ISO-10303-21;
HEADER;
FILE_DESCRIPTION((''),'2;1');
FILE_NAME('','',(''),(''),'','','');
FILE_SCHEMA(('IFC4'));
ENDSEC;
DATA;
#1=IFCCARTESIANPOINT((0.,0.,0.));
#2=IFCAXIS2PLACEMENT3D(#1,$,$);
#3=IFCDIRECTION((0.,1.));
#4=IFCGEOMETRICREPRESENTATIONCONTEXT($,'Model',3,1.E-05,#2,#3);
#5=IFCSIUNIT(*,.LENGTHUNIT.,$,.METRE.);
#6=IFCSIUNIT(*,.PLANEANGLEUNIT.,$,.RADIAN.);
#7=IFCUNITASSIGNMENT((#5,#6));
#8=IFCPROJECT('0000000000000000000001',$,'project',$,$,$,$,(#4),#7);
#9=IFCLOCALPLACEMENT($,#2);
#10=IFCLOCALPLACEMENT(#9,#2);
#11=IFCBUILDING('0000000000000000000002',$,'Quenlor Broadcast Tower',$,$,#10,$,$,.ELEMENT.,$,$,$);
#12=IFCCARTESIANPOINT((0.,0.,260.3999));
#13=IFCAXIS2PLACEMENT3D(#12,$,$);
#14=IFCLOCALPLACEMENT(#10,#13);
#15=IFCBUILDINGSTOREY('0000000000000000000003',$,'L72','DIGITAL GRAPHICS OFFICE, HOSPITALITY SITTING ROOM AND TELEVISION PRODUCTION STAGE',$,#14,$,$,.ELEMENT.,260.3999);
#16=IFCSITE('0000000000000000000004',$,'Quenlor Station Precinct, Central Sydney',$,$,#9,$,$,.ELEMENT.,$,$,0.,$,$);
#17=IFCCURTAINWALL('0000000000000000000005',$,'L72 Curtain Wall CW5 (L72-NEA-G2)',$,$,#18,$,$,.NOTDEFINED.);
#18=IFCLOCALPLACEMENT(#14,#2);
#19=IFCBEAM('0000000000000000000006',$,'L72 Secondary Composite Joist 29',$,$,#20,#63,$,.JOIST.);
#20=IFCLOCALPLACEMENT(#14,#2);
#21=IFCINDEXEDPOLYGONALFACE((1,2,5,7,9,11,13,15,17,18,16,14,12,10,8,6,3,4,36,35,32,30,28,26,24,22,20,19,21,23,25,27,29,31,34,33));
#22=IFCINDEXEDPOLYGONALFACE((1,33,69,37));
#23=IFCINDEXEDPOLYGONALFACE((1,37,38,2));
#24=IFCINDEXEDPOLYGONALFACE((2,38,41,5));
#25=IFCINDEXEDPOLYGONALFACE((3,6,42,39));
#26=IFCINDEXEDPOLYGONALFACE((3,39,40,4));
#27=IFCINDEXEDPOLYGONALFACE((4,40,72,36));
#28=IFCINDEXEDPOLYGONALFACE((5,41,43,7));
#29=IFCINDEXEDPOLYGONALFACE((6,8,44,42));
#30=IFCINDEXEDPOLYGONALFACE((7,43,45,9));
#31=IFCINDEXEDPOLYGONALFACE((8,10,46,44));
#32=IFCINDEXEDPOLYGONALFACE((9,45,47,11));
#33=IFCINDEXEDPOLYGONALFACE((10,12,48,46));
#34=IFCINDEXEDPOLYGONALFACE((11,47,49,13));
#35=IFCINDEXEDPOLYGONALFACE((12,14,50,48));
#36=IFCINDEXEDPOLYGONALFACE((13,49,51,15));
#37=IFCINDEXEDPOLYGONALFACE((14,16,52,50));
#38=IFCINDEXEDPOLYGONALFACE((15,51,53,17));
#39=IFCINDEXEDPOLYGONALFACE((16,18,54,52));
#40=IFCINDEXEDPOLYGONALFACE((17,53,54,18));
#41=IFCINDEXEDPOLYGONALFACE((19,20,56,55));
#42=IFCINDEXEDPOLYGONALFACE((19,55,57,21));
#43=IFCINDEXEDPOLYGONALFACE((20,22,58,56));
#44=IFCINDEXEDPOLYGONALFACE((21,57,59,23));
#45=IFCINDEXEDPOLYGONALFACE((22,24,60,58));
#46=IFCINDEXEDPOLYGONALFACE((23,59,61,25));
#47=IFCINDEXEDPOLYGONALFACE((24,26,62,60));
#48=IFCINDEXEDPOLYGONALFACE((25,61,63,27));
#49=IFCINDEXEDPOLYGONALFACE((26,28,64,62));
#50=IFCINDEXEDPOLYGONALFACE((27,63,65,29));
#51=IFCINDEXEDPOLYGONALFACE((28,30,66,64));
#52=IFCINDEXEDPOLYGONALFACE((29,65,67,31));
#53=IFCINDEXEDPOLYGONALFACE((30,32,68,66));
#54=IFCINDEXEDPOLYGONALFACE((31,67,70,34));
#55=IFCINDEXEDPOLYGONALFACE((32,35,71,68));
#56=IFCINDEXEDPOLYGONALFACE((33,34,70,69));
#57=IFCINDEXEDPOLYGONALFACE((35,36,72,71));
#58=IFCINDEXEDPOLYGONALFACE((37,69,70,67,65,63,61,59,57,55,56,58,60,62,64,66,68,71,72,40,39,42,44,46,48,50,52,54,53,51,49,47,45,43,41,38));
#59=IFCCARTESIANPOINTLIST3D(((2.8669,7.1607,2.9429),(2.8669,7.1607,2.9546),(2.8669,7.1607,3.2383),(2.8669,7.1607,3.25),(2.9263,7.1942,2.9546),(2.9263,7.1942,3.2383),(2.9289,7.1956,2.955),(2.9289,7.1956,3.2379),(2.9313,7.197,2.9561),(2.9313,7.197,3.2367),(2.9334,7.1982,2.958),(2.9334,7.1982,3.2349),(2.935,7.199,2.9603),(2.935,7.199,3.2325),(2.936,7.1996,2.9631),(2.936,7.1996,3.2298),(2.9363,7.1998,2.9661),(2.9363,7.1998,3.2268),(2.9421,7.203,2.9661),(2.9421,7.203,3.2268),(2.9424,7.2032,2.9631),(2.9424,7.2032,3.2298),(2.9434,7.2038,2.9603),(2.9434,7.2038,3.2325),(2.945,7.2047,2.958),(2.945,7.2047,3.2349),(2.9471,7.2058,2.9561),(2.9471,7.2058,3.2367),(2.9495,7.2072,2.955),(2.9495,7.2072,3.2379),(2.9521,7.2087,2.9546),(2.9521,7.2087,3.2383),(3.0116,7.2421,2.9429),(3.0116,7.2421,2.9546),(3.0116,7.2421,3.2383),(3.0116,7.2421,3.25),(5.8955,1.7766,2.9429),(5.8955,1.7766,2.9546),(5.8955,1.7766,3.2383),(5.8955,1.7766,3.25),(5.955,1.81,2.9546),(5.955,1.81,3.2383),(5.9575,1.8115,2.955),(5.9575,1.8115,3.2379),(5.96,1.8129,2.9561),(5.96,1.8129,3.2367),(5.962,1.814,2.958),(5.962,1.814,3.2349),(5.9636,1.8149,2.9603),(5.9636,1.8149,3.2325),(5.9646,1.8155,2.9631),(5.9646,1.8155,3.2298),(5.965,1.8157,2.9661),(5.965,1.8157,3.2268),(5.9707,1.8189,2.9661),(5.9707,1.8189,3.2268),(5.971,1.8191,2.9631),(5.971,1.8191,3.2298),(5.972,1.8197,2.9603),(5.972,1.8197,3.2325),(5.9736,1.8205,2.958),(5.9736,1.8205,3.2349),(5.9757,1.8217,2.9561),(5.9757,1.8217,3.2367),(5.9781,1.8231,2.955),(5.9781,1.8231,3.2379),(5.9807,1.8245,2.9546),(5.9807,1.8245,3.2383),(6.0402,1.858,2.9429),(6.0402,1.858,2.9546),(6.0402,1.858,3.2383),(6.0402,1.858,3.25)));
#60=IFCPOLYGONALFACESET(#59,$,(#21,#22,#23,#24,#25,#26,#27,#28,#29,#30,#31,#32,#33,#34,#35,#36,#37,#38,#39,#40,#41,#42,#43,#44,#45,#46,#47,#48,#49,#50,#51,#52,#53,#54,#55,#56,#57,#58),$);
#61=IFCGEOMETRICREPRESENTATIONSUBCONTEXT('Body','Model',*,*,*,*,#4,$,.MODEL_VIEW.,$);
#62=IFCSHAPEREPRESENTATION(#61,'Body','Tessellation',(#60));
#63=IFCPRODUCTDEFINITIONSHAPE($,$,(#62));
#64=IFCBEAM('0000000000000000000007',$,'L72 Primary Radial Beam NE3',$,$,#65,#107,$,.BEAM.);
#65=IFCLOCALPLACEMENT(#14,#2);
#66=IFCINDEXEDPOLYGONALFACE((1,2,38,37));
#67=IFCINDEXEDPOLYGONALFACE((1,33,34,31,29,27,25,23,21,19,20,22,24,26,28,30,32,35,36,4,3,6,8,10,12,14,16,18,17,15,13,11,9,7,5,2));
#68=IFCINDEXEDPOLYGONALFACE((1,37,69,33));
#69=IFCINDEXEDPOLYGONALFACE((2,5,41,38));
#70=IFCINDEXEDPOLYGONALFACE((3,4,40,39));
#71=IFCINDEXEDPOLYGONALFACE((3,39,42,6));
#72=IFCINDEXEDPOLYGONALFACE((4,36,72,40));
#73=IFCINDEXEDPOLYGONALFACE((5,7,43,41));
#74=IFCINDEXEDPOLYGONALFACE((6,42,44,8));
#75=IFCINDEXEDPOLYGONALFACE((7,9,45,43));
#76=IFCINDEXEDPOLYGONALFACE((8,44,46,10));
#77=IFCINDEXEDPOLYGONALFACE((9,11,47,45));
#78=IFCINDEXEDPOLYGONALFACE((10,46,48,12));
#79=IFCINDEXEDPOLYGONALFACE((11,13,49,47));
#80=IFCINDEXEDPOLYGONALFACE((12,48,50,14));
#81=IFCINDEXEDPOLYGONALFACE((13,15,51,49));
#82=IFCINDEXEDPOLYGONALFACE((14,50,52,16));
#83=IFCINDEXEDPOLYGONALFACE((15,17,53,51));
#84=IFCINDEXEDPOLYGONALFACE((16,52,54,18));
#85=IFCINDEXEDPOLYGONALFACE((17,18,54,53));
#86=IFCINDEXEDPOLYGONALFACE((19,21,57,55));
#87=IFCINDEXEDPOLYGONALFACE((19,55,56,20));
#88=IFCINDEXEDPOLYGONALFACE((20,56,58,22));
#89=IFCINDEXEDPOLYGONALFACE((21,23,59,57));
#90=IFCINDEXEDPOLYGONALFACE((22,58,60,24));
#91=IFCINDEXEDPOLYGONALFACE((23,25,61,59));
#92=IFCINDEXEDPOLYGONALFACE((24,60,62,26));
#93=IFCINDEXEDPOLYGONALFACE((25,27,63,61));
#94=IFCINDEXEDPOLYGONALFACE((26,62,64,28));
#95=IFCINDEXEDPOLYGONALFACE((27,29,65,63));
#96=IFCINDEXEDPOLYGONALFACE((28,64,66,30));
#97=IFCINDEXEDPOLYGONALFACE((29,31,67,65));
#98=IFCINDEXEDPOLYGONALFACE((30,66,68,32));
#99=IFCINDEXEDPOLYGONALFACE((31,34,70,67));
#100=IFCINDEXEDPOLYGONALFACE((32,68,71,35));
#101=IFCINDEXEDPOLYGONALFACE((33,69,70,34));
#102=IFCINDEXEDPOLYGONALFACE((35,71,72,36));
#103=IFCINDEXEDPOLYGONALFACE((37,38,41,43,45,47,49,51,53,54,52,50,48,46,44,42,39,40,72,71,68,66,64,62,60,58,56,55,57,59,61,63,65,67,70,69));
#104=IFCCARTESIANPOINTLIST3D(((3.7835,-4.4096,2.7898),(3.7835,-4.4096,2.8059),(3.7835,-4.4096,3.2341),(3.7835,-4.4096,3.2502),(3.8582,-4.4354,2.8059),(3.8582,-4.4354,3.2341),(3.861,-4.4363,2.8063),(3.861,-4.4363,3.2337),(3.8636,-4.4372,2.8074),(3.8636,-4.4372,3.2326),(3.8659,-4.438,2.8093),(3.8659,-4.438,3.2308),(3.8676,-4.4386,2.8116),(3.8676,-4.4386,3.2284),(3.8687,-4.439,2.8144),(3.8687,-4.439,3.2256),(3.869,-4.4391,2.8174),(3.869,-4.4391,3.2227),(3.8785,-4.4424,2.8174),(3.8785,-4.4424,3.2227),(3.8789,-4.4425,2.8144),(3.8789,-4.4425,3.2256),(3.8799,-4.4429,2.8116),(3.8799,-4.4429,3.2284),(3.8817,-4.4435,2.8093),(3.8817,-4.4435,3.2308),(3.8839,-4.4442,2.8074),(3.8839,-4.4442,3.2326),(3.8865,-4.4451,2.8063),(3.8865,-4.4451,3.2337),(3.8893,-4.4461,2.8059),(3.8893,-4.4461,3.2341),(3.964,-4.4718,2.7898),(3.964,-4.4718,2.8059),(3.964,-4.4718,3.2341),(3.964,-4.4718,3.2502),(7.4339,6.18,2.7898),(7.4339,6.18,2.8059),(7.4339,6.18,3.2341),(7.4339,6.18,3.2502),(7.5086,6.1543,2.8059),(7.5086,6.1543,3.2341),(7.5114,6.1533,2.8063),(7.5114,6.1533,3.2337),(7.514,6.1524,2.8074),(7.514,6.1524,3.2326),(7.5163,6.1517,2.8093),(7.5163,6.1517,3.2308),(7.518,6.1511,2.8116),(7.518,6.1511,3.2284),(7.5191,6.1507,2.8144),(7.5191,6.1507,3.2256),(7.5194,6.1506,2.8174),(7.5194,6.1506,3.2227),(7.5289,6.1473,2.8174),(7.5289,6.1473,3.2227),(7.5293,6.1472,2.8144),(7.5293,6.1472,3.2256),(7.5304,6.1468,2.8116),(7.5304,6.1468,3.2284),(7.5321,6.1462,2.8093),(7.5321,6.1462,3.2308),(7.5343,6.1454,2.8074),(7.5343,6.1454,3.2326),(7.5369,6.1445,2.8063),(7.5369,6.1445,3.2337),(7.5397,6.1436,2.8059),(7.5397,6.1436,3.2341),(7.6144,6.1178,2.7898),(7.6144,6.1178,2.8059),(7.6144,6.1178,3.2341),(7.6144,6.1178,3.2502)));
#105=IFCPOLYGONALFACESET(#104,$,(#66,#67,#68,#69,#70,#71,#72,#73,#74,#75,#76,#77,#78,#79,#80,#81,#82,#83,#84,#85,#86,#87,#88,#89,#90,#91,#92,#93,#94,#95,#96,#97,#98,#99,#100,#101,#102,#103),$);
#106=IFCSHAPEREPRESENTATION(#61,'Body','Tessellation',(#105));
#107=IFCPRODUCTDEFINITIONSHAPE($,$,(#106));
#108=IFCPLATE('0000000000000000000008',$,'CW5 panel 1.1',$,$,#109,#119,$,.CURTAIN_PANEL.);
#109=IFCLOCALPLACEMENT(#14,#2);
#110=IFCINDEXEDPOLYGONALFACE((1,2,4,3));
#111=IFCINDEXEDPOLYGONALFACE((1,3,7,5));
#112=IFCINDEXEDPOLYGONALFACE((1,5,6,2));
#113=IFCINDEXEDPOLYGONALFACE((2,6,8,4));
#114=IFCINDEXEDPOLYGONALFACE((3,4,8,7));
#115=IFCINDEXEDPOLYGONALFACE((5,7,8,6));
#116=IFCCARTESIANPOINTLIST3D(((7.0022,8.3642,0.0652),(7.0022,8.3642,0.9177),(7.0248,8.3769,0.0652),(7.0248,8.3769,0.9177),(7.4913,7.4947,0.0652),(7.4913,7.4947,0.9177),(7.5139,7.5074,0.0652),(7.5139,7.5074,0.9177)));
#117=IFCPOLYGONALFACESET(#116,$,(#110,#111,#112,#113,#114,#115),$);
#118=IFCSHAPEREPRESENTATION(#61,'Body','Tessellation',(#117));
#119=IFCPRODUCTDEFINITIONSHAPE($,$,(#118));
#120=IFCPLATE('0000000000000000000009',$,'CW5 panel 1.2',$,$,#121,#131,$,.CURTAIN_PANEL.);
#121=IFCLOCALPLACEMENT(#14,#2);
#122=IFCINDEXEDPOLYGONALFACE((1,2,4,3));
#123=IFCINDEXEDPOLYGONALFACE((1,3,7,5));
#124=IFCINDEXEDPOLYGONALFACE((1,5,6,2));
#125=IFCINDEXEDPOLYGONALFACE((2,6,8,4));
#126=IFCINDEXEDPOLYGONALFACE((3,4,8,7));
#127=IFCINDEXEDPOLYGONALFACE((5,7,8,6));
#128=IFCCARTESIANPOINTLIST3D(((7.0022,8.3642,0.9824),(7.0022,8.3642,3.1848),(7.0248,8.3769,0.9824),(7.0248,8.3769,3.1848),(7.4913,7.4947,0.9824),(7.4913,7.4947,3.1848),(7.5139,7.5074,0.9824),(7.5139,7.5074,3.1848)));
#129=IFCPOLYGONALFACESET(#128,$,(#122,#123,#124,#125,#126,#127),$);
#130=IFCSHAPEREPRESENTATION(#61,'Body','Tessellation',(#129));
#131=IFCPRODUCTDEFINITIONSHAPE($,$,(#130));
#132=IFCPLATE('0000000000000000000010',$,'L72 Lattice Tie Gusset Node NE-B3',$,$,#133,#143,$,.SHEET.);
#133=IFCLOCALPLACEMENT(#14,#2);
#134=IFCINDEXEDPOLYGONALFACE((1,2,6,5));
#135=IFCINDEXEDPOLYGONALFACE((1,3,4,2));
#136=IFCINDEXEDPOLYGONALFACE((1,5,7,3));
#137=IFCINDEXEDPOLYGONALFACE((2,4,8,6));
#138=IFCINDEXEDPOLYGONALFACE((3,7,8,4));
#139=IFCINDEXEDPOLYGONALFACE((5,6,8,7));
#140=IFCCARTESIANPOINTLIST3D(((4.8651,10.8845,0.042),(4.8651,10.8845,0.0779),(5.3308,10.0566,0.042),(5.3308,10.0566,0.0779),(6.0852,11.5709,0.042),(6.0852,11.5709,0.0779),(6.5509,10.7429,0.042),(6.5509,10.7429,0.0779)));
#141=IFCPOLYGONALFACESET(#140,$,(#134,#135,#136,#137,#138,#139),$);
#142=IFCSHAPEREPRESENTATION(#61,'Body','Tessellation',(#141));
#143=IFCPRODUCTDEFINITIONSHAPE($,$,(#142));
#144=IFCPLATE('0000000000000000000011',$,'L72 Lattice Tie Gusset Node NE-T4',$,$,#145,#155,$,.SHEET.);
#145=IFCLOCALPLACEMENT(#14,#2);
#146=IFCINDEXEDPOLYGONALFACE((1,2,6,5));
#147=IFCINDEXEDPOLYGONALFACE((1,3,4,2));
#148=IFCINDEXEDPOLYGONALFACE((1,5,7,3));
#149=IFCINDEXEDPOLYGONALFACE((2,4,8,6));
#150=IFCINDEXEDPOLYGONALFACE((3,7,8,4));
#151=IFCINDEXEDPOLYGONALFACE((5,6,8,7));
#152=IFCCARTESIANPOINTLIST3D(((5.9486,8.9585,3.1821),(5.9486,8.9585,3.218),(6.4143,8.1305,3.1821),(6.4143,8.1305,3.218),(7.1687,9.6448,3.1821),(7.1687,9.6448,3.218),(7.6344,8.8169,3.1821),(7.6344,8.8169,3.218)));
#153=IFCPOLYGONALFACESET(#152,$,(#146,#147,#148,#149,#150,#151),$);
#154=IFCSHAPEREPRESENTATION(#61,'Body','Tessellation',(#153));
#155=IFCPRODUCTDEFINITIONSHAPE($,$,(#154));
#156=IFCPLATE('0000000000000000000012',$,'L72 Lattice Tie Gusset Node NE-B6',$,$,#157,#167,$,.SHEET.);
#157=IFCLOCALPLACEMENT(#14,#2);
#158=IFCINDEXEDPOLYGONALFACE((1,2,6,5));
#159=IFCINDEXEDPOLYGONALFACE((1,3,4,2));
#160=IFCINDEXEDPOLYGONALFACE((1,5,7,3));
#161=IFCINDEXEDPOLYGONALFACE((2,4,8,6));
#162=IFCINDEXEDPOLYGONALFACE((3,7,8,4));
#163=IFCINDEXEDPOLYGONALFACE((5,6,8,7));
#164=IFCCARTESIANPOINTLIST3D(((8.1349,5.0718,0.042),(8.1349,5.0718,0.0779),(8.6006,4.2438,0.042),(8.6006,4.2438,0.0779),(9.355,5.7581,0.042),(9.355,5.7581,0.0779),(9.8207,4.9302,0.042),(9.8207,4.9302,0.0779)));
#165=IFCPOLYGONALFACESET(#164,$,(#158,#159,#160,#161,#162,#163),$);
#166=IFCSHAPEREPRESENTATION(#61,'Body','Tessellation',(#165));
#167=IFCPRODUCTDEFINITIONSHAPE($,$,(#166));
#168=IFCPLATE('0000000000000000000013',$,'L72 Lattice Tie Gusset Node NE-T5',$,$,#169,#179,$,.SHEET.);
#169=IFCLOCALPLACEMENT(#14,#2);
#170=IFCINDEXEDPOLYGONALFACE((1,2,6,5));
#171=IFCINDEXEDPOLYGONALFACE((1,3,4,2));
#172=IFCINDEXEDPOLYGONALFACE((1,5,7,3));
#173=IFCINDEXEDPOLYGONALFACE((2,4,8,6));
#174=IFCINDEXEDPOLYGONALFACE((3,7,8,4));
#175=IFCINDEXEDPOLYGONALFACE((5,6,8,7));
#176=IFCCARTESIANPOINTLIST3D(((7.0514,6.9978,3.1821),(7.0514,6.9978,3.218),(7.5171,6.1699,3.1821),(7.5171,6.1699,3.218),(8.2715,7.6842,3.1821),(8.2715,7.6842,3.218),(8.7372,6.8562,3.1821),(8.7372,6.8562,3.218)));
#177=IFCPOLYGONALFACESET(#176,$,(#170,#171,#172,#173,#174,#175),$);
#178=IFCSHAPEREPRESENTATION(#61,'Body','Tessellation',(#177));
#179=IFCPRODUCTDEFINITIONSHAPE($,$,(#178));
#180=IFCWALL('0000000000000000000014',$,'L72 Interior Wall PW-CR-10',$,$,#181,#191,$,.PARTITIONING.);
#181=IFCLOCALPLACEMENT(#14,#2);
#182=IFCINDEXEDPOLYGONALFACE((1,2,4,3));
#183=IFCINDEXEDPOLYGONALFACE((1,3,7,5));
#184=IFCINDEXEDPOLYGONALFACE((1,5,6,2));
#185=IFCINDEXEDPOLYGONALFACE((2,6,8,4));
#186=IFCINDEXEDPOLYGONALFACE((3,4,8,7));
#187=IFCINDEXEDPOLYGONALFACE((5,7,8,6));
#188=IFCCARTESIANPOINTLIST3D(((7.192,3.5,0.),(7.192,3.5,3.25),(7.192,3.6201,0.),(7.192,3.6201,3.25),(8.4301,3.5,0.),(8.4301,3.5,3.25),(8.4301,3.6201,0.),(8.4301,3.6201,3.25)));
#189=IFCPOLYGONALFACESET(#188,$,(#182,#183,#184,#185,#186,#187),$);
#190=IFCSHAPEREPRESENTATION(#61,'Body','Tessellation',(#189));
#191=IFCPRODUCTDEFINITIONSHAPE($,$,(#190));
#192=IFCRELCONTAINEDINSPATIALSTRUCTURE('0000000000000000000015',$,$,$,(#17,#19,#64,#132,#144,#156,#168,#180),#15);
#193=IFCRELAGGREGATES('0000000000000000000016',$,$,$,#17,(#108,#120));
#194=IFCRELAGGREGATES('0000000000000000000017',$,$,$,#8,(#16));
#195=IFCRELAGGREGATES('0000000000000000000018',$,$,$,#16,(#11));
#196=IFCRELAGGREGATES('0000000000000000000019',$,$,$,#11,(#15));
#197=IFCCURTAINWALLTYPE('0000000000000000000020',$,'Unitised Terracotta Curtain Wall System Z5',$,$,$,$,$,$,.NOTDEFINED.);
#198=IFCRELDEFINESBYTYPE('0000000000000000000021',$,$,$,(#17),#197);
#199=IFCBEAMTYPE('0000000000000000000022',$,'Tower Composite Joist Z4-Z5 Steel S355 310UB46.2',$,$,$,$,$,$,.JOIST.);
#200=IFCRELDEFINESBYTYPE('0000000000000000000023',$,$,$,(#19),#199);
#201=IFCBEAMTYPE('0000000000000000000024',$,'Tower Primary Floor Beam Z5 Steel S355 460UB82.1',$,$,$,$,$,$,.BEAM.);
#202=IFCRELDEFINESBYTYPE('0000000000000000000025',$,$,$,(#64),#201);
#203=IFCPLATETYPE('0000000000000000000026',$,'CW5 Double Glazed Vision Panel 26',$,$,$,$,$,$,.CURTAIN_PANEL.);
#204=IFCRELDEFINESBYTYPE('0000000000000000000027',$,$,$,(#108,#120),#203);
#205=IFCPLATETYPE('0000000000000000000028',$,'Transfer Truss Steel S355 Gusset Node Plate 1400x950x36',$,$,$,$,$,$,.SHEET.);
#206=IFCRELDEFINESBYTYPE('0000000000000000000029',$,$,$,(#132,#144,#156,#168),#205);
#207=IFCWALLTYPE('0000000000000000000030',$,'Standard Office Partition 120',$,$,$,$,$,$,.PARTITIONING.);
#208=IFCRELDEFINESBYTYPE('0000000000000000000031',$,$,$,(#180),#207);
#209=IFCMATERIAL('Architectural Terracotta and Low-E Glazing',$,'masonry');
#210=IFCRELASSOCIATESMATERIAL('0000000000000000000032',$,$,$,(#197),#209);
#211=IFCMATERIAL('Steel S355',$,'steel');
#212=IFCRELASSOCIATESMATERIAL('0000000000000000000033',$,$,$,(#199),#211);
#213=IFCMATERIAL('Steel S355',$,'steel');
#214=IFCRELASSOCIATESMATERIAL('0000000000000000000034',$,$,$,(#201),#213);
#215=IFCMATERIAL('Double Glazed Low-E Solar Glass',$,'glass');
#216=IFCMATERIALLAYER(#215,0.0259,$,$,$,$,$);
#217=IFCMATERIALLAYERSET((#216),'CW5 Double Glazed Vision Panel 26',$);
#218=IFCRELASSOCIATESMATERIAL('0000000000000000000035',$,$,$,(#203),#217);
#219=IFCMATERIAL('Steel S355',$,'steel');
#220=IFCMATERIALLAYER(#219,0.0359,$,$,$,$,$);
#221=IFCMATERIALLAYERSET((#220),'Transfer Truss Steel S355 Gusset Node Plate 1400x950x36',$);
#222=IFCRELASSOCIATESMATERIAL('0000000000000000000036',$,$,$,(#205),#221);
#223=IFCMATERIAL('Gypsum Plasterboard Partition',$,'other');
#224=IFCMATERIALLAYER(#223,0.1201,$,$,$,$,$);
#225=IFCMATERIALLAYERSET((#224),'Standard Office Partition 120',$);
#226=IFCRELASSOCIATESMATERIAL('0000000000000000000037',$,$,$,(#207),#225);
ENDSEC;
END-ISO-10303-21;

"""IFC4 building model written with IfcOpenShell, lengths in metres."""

from ifc_helpers import new_model, si_unit, direction, frame, frame_2d, origin, origin_2d, place, context, subcontext, project, spatial, rectangle, i_section, extrude, material, layer, layer_set, material_profile, profile_set, type_object, element, aggregate, save


model = new_model("IFC4")

# Units and contexts
model_context = context("Model", 3, precision=1e-05, world=origin(), true_north=direction((0.0, 1.0)))
body_context = subcontext(model_context, "Body", "Model", "MODEL_VIEW")
ifc_project = project(units=[si_unit("LENGTHUNIT", "METRE"), si_unit("PLANEANGLEUNIT", "RADIAN")], contexts=[model_context])

# Site, building, storey
site_placement = place(None, origin())
site = spatial("IfcSite", under=ifc_project, at=site_placement, Name="Quenlor Station Precinct, Central Sydney", CompositionType="ELEMENT", RefElevation=0.0)
building_placement = place(site_placement, origin())
building = spatial("IfcBuilding", under=site, at=building_placement, Name="Quenlor Broadcast Tower", CompositionType="ELEMENT")
storey_placement = place(building_placement, frame((0.0, 0.0, 260.3999)))
storey = spatial("IfcBuildingStorey", under=building, at=storey_placement, Name="L72", Description="DIGITAL GRAPHICS OFFICE, HOSPITALITY SITTING ROOM AND TELEVISION PRODUCTION STAGE", CompositionType="ELEMENT", Elevation=260.3999)

# Curtain wall
ifc_material_1 = material(Name="Architectural Terracotta and Low-E Glazing", Category="masonry")
curtain_wall_type = type_object("IfcCurtainWallType", Name="Unitised Terracotta Curtain Wall System Z5", PredefinedType="NOTDEFINED", material=ifc_material_1)
curtain_wall_placement = place(storey_placement, origin())
curtain_wall = element("IfcCurtainWall", 1, at=curtain_wall_placement, inside=storey, type_object=curtain_wall_type, Name="L72 Curtain Wall CW5 (L72-NEA-G2)", PredefinedType="NOTDEFINED")

# Beams
ifc_material_2 = material(Name="Steel S355", Category="steel")
ifc_material_profile_1 = material_profile(ifc_material_2, i_section(OverallWidth=0.166, OverallDepth=0.3071, WebThickness=0.0066, FlangeThickness=0.0117, FilletRadius=0.0115, at=origin_2d()))
ifc_profile_set_1 = profile_set([ifc_material_profile_1], Name="Steel S355 310UB46.2")
beam_type_1 = type_object("IfcBeamType", Name="Tower Composite Joist Z4-Z5 Steel S355 310UB46.2", PredefinedType="JOIST", material=ifc_profile_set_1)
beam_1_placement = place(storey_placement, frame((2.9392, 7.2014, 3.0964), z_axis=(0.490267, -0.871572, 0.0), x_axis=(0.871572, 0.490267, 0.0)))
element("IfcBeam", 2, at=beam_1_placement, inside=storey, type_object=beam_type_1, Name="L72 Secondary Composite Joist 29", PredefinedType="JOIST", context=body_context, shape_type="SweptSolid", body=[
    extrude(i_section(OverallWidth=0.166, OverallDepth=0.3071, WebThickness=0.0066, FlangeThickness=0.0117, FilletRadius=0.0115, at=origin_2d()), origin(), (0.0, 0.0, 1.0), 6.1775),
])
ifc_material_3 = material(Name="Steel S355", Category="steel")
ifc_material_profile_2 = material_profile(ifc_material_3, i_section(OverallWidth=0.1909, OverallDepth=0.4604, WebThickness=0.01, FlangeThickness=0.0161, FilletRadius=0.0115, at=origin_2d()))
ifc_profile_set_2 = profile_set([ifc_material_profile_2], Name="Steel S355 460UB82.1")
beam_type_2 = type_object("IfcBeamType", Name="Tower Primary Floor Beam Z5 Steel S355 460UB82.1", PredefinedType="BEAM", material=ifc_profile_set_2)
beam_2_placement = place(storey_placement, frame((7.5242, 6.1489, 3.02), z_axis=(-0.325895, -0.945406, 0.0), x_axis=(0.945406, -0.325895, 0.0)))
element("IfcBeam", 3, at=beam_2_placement, inside=storey, type_object=beam_type_2, Name="L72 Primary Radial Beam NE3", PredefinedType="BEAM", context=body_context, shape_type="SweptSolid", body=[
    extrude(i_section(OverallWidth=0.1909, OverallDepth=0.4604, WebThickness=0.01, FlangeThickness=0.0161, FilletRadius=0.0115, at=origin_2d()), origin(), (0.0, 0.0, 1.0), 11.2012),
])

# Plates
ifc_material_4 = material(Name="Double Glazed Low-E Solar Glass", Category="glass")
ifc_layer_1 = layer(ifc_material_4, 0.0259)
ifc_layer_set_1 = layer_set([ifc_layer_1], Name="CW5 Double Glazed Vision Panel 26")
plate_type_1 = type_object("IfcPlateType", Name="CW5 Double Glazed Vision Panel 26", PredefinedType="CURTAIN_PANEL", material=ifc_layer_set_1)
plate_1_placement = place(storey_placement, frame((7.2581, 7.9358, 0.0652), z_axis=(0.0, 0.0, 1.0), x_axis=(0.490282, -0.871564, 0.0)))
plate_1 = element("IfcPlate", 4, at=plate_1_placement, type_object=plate_type_1, Name="CW5 panel 1.1", PredefinedType="CURTAIN_PANEL", context=body_context, shape_type="SweptSolid", body=[
    extrude(rectangle(XDim=0.9976, YDim=0.0259, at=origin_2d()), origin(), (0.0, 0.0, 1.0), 0.8525),
])
plate_2_placement = place(storey_placement, frame((7.2581, 7.9358, 0.9824), z_axis=(0.0, 0.0, 1.0), x_axis=(0.490282, -0.871564, 0.0)))
plate_2 = element("IfcPlate", 5, at=plate_2_placement, type_object=plate_type_1, Name="CW5 panel 1.2", PredefinedType="CURTAIN_PANEL", context=body_context, shape_type="SweptSolid", body=[
    extrude(rectangle(XDim=0.9976, YDim=0.0259, at=origin_2d()), origin(), (0.0, 0.0, 1.0), 2.2024),
])
aggregate(curtain_wall, [plate_1, plate_2])

# Plates
ifc_material_5 = material(Name="Steel S355", Category="steel")
ifc_layer_2 = layer(ifc_material_5, 0.0359)
ifc_layer_set_2 = layer_set([ifc_layer_2], Name="Transfer Truss Steel S355 Gusset Node Plate 1400x950x36")
plate_type_2 = type_object("IfcPlateType", Name="Transfer Truss Steel S355 Gusset Node Plate 1400x950x36", PredefinedType="SHEET", material=ifc_layer_set_2)
for number, where, z_axis, x_axis, name in (
    (6, (5.708, 10.8137, 0.042), (0.0, 0.0, 1.0), (0.871556, 0.490295, 0.0), "L72 Lattice Tie Gusset Node NE-B3"),
    (7, (6.7915, 8.8877, 3.1821), (0.0, 0.0, 1.0), (0.871556, 0.490295, 0.0), "L72 Lattice Tie Gusset Node NE-T4"),
    (8, (8.9778, 5.001, 0.042), (0.0, 0.0, 1.0), (0.871556, 0.490295, 0.0), "L72 Lattice Tie Gusset Node NE-B6"),
    (9, (7.8943, 6.927, 3.1821), (0.0, 0.0, 1.0), (0.871556, 0.490295, 0.0), "L72 Lattice Tie Gusset Node NE-T5"),
):
    element("IfcPlate", number, at=place(storey_placement, frame(where, z_axis=z_axis, x_axis=x_axis)), inside=storey, type_object=plate_type_2, Name=name, PredefinedType="SHEET", context=body_context, shape_type="SweptSolid", body=[
        extrude(rectangle(XDim=1.3999, YDim=0.95, at=origin_2d()), origin(), (0.0, 0.0, 1.0), 0.0359),
    ])

# Wall
ifc_material_6 = material(Name="Gypsum Plasterboard Partition", Category="other")
ifc_layer_3 = layer(ifc_material_6, 0.1201)
ifc_layer_set_3 = layer_set([ifc_layer_3], Name="Standard Office Partition 120")
wall_type_1 = type_object("IfcWallType", Name="Standard Office Partition 120", PredefinedType="PARTITIONING", material=ifc_layer_set_3)
wall_1_placement = place(storey_placement, frame((7.1919, 3.5601, 0.0), z_axis=(0.0, 0.0, 1.0), x_axis=(1.0, 0.0, 0.0)))
element("IfcWall", 10, at=wall_1_placement, inside=storey, type_object=wall_type_1, Name="L72 Interior Wall PW-CR-10", PredefinedType="PARTITIONING", context=body_context, shape_type="SweptSolid", body=[
    extrude(rectangle(XDim=1.238, YDim=0.1201, at=frame_2d((0.6191, 0.0))), origin(), (0.0, 0.0, 1.0), 3.25),
])

save(model, "model.ifc")
